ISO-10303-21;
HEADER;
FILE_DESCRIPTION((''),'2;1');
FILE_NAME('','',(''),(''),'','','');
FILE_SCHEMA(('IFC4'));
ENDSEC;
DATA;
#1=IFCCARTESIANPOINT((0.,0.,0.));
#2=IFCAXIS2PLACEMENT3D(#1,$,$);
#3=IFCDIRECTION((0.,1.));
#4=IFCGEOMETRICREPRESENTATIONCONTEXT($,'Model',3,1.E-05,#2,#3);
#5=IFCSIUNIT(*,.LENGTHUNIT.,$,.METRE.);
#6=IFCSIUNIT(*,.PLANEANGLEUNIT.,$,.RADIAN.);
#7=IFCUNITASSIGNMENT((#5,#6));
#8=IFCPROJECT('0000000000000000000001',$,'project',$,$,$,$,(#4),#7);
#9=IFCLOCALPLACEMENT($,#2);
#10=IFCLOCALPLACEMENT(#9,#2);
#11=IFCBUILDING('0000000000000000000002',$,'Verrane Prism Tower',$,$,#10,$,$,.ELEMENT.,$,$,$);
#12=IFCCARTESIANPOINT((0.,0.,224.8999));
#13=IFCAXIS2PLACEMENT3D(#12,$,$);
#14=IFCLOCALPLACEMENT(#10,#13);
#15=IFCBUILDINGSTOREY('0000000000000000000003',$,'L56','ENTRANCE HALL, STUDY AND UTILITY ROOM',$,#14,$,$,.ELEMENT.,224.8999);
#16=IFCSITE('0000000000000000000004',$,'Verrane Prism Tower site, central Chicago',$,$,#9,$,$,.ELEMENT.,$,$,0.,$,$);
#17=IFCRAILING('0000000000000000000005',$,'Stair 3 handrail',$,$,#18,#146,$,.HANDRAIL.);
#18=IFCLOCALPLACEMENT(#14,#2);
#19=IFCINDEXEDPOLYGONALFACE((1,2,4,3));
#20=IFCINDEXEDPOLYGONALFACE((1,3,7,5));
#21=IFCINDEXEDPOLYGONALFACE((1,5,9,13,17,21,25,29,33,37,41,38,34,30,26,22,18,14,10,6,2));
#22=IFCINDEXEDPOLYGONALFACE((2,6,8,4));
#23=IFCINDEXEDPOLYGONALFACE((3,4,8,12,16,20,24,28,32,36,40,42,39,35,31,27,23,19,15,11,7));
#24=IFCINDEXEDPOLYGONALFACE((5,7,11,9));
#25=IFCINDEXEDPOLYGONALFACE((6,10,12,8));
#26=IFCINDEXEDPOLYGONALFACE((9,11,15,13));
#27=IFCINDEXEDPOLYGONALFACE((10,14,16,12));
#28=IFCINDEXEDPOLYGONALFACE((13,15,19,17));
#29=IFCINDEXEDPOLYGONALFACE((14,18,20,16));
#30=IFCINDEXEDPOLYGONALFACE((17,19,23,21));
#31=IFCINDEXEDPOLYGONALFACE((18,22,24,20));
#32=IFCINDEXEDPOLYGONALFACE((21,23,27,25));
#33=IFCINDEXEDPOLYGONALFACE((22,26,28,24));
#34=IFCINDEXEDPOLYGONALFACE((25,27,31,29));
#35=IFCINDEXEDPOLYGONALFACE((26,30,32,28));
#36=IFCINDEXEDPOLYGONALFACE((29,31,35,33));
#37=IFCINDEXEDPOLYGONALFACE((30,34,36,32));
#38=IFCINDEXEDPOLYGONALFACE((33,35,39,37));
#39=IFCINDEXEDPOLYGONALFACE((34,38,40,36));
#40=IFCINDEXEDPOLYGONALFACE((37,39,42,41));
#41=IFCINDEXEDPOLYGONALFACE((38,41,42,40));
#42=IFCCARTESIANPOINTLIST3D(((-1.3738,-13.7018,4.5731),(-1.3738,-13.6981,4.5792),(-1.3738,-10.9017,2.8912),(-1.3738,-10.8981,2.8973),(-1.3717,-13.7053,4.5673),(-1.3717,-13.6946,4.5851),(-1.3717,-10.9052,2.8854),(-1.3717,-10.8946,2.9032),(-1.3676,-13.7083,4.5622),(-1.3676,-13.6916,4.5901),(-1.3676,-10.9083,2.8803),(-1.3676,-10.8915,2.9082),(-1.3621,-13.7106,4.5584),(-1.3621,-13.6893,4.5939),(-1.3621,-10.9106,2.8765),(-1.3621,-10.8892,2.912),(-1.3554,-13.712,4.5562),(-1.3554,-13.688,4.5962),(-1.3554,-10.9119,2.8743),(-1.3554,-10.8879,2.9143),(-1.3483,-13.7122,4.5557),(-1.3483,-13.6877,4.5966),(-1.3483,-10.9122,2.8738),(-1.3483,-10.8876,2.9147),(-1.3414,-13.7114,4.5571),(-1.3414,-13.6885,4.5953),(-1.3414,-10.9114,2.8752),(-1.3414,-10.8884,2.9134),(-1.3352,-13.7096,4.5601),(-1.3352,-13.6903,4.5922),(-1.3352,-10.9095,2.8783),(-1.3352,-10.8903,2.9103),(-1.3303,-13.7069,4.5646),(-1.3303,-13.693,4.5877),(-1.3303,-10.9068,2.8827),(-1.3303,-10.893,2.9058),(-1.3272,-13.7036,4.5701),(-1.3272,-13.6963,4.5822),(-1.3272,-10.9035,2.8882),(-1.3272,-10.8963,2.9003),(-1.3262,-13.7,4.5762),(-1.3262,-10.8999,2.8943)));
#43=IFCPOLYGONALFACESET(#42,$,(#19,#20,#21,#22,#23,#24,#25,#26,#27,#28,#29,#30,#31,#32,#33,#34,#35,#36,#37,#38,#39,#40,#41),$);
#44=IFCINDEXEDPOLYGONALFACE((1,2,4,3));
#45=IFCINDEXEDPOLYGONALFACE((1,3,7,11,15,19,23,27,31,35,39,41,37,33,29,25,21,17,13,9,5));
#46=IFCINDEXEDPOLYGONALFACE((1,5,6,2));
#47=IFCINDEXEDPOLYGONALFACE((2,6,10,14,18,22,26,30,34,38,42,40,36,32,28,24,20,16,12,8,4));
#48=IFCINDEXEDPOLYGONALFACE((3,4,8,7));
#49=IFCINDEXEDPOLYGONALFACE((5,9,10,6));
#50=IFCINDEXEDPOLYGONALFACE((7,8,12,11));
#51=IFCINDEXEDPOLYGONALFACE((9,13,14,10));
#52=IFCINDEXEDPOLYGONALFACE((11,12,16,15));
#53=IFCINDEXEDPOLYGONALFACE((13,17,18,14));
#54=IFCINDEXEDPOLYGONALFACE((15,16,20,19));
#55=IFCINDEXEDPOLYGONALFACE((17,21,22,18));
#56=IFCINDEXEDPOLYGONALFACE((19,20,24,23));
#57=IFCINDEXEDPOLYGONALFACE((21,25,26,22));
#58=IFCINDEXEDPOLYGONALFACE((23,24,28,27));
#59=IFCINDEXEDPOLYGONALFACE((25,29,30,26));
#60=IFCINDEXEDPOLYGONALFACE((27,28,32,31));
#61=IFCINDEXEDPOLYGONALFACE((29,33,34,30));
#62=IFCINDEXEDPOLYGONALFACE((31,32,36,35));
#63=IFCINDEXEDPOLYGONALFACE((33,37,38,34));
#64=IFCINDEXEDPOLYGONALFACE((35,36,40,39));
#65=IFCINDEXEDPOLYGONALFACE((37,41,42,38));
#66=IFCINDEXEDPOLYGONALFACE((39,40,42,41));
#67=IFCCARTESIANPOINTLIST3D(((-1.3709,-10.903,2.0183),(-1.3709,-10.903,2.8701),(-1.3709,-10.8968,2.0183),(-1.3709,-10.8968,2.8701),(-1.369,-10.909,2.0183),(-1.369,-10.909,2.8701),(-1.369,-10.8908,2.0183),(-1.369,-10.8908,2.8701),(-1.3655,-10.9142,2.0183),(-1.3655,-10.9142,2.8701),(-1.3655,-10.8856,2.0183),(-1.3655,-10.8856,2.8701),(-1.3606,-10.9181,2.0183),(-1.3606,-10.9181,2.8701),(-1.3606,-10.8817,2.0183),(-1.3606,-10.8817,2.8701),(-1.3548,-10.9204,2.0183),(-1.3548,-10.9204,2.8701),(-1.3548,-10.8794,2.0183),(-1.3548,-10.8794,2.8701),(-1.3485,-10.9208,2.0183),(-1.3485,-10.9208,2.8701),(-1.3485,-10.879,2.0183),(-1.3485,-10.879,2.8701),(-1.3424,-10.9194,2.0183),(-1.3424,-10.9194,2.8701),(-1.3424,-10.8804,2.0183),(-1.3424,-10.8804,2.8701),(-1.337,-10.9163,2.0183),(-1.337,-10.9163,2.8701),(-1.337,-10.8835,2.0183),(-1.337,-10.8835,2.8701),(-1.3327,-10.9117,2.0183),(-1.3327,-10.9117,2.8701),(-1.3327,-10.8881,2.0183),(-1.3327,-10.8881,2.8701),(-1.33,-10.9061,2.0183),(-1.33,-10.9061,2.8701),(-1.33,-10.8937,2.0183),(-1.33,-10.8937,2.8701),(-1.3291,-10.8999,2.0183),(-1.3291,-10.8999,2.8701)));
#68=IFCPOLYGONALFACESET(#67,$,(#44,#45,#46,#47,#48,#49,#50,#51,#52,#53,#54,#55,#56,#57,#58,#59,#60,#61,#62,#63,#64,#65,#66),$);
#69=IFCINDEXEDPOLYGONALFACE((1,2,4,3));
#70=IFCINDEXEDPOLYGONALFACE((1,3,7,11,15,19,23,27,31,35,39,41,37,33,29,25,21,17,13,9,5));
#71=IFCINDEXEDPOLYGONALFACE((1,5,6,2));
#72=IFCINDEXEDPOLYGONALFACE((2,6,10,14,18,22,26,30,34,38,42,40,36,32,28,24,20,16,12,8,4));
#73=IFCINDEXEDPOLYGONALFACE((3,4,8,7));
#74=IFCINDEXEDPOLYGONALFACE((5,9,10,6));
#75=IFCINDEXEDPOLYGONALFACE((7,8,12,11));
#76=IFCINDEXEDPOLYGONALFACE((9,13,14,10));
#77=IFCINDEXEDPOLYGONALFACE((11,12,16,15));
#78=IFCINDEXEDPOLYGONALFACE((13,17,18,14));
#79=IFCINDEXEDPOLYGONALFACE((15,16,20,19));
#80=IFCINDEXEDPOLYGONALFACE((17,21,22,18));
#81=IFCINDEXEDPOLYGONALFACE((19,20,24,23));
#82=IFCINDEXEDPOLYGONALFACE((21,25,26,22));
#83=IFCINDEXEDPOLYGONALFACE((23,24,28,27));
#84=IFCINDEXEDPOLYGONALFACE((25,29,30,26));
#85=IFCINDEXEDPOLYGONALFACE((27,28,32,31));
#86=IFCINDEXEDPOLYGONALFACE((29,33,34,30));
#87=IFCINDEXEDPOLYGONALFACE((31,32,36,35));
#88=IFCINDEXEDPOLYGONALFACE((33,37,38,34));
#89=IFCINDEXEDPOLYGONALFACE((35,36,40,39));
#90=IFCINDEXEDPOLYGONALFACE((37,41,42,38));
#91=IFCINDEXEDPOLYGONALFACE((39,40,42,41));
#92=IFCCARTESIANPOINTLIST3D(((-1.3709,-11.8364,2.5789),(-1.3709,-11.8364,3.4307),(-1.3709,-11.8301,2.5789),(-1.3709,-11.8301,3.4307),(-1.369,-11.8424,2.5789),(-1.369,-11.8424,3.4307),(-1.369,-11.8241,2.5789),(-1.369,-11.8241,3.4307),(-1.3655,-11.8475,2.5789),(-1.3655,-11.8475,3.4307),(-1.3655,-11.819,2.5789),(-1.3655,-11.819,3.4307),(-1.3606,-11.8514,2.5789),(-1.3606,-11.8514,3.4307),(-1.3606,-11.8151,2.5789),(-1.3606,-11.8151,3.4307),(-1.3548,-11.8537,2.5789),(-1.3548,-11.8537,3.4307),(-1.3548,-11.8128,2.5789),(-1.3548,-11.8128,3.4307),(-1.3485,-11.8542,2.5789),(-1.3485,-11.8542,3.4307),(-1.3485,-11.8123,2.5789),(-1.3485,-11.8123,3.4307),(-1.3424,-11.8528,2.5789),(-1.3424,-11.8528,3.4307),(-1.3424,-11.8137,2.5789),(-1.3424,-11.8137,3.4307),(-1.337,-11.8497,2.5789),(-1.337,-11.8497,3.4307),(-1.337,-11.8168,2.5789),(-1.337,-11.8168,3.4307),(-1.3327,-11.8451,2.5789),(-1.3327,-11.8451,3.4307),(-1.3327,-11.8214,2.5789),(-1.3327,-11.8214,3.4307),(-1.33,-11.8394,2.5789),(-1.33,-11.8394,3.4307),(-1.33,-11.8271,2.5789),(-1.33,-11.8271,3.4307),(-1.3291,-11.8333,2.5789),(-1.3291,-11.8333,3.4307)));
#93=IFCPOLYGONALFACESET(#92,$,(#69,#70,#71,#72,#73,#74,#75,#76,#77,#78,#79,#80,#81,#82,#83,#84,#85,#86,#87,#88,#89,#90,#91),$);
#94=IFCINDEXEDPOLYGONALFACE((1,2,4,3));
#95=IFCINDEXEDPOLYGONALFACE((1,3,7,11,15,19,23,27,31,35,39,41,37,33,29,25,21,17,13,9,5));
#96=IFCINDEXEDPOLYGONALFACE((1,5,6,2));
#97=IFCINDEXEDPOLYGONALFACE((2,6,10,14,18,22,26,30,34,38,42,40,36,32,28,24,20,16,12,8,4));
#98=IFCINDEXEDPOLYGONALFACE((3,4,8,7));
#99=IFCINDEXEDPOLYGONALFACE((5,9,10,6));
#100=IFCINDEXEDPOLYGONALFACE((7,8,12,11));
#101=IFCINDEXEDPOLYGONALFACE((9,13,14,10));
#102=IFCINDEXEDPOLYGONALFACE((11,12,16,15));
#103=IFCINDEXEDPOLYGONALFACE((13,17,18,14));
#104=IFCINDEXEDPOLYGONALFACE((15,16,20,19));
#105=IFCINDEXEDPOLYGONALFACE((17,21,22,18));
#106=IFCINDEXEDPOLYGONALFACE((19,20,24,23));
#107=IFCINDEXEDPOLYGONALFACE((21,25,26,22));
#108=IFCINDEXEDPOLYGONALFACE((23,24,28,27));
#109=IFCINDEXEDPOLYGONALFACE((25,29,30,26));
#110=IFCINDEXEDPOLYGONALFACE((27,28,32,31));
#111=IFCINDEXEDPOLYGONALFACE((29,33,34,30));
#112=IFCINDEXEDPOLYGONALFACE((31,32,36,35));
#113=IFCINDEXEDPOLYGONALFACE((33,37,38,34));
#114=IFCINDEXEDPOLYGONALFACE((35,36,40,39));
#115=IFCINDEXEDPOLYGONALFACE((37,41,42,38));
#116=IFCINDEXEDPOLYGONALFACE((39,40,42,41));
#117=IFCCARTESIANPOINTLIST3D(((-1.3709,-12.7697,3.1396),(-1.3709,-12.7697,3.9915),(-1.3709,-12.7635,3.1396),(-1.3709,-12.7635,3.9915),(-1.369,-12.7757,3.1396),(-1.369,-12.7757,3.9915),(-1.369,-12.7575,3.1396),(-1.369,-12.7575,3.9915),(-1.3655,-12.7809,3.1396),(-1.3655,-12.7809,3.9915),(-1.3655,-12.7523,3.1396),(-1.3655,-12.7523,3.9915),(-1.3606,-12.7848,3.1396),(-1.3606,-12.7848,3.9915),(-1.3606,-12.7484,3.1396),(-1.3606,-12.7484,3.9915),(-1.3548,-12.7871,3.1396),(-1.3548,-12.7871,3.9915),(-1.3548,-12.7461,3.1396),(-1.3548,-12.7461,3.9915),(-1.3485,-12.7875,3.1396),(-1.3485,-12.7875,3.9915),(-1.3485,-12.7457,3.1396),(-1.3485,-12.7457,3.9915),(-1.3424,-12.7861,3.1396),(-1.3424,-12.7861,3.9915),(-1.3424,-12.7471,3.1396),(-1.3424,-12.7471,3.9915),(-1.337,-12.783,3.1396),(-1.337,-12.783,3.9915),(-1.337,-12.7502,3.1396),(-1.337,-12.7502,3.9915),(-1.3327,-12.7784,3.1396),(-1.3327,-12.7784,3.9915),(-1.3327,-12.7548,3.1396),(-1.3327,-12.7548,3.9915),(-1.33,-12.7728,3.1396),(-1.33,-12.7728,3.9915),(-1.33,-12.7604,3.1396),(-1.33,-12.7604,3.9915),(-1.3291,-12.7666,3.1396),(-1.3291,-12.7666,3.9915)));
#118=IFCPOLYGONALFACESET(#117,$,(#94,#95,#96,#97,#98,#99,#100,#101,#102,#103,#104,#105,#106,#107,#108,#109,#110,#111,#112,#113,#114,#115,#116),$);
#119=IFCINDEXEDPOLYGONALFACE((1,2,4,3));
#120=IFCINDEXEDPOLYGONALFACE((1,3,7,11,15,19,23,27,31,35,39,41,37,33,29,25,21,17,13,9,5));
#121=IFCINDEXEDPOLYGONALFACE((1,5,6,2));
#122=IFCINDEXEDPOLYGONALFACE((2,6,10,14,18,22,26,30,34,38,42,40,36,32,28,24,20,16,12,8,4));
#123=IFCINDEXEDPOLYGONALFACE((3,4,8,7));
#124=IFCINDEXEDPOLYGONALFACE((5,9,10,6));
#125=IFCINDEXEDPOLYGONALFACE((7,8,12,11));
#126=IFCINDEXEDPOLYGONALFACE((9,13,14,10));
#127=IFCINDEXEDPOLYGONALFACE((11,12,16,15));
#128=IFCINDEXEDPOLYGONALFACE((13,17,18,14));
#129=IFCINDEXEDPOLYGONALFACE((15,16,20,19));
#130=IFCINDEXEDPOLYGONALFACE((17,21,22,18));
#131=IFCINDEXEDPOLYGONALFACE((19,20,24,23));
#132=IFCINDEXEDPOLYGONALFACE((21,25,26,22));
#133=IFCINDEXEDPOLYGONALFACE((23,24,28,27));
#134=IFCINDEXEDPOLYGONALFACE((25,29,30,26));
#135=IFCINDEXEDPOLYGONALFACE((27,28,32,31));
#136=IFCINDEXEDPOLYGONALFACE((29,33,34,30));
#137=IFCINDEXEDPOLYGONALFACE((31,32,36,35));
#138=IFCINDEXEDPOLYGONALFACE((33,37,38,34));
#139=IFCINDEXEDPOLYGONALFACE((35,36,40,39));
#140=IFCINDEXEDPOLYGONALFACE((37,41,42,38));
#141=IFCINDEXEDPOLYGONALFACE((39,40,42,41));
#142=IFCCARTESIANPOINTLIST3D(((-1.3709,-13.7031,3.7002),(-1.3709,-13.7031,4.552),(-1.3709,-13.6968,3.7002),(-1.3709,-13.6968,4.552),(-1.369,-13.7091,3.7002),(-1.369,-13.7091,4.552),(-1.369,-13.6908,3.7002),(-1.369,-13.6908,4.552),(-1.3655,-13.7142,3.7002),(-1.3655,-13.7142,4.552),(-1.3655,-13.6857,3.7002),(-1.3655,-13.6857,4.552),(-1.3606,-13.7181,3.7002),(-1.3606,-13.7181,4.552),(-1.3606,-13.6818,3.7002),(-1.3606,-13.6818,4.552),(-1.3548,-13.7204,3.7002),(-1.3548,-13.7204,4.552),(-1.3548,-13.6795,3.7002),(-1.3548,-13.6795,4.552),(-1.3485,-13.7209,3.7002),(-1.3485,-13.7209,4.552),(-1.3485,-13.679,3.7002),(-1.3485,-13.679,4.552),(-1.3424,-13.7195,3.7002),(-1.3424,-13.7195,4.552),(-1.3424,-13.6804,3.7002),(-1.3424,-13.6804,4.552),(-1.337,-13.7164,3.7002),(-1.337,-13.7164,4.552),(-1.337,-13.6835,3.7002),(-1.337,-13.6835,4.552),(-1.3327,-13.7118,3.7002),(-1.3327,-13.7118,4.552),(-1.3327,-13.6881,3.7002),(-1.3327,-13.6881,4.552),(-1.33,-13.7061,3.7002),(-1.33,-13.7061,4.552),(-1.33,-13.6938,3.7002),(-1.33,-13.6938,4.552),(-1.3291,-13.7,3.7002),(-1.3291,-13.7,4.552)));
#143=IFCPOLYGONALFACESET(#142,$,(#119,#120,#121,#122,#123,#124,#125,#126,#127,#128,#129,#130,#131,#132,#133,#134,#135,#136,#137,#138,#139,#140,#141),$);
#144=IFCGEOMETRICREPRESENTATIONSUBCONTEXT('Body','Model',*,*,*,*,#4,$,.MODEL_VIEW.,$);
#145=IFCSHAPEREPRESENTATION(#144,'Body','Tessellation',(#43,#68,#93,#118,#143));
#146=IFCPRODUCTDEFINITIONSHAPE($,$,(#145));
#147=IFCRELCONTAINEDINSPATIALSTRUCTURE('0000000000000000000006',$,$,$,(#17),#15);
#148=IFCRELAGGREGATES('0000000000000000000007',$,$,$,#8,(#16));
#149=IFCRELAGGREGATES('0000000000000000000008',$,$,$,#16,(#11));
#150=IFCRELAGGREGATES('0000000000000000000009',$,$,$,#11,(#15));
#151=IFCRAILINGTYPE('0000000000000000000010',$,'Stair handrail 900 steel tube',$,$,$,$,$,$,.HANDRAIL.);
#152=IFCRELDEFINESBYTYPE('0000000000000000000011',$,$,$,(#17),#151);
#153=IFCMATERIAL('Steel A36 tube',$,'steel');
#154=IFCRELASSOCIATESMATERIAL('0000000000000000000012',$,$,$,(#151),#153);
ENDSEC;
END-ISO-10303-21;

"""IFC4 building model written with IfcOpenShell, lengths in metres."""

from ifc_helpers import new_model, si_unit, direction, frame, origin, origin_2d, place, context, subcontext, project, spatial, circle, extrude, material, type_object, element, save


model = new_model("IFC4")

# Units and contexts
model_context = context("Model", 3, precision=1e-05, world=origin(), true_north=direction((0.0, 1.0)))
body_context = subcontext(model_context, "Body", "Model", "MODEL_VIEW")
ifc_project = project(units=[si_unit("LENGTHUNIT", "METRE"), si_unit("PLANEANGLEUNIT", "RADIAN")], contexts=[model_context])

# Site, building, storey
site_placement = place(None, origin())
site = spatial("IfcSite", under=ifc_project, at=site_placement, Name="Verrane Prism Tower site, central Chicago", CompositionType="ELEMENT", RefElevation=0.0)
building_placement = place(site_placement, origin())
building = spatial("IfcBuilding", under=site, at=building_placement, Name="Verrane Prism Tower", CompositionType="ELEMENT")
storey_placement = place(building_placement, frame((0.0, 0.0, 224.8999)))
storey = spatial("IfcBuildingStorey", under=building, at=storey_placement, Name="L56", Description="ENTRANCE HALL, STUDY AND UTILITY ROOM", CompositionType="ELEMENT", Elevation=224.8999)

# Railing
ifc_material_1 = material(Name="Steel A36 tube", Category="steel")
railing_type = type_object("IfcRailingType", Name="Stair handrail 900 steel tube", PredefinedType="HANDRAIL", material=ifc_material_1)
railing_placement = place(storey_placement, frame((-1.3501, -10.8999, 2.0183)))
element("IfcRailing", 1, at=railing_placement, inside=storey, type_object=railing_type, Name="Stair 3 handrail", PredefinedType="HANDRAIL", context=body_context, shape_type="SweptSolid", body=[
    extrude(circle(Radius=0.0239, at=origin_2d()), frame((0.0, 0.0, 0.876), z_axis=(0.0, -0.857242, 0.514913), x_axis=(1.0, 0.0, 0.0)), (0.0, 0.0, 1.0), 3.2664),
    extrude(circle(Radius=0.021, at=origin_2d()), origin(), (0.0, 0.0, 1.0), 0.8518),
    extrude(circle(Radius=0.021, at=origin_2d()), frame((0.0, -0.9333, 0.5605)), (0.0, 0.0, 1.0), 0.8518),
    extrude(circle(Radius=0.021, at=origin_2d()), frame((0.0, -1.8667, 1.1213)), (0.0, 0.0, 1.0), 0.8518),
    extrude(circle(Radius=0.021, at=origin_2d()), frame((0.0, -2.8, 1.6819)), (0.0, 0.0, 1.0), 0.8518),
])

save(model, "model.ifc")
